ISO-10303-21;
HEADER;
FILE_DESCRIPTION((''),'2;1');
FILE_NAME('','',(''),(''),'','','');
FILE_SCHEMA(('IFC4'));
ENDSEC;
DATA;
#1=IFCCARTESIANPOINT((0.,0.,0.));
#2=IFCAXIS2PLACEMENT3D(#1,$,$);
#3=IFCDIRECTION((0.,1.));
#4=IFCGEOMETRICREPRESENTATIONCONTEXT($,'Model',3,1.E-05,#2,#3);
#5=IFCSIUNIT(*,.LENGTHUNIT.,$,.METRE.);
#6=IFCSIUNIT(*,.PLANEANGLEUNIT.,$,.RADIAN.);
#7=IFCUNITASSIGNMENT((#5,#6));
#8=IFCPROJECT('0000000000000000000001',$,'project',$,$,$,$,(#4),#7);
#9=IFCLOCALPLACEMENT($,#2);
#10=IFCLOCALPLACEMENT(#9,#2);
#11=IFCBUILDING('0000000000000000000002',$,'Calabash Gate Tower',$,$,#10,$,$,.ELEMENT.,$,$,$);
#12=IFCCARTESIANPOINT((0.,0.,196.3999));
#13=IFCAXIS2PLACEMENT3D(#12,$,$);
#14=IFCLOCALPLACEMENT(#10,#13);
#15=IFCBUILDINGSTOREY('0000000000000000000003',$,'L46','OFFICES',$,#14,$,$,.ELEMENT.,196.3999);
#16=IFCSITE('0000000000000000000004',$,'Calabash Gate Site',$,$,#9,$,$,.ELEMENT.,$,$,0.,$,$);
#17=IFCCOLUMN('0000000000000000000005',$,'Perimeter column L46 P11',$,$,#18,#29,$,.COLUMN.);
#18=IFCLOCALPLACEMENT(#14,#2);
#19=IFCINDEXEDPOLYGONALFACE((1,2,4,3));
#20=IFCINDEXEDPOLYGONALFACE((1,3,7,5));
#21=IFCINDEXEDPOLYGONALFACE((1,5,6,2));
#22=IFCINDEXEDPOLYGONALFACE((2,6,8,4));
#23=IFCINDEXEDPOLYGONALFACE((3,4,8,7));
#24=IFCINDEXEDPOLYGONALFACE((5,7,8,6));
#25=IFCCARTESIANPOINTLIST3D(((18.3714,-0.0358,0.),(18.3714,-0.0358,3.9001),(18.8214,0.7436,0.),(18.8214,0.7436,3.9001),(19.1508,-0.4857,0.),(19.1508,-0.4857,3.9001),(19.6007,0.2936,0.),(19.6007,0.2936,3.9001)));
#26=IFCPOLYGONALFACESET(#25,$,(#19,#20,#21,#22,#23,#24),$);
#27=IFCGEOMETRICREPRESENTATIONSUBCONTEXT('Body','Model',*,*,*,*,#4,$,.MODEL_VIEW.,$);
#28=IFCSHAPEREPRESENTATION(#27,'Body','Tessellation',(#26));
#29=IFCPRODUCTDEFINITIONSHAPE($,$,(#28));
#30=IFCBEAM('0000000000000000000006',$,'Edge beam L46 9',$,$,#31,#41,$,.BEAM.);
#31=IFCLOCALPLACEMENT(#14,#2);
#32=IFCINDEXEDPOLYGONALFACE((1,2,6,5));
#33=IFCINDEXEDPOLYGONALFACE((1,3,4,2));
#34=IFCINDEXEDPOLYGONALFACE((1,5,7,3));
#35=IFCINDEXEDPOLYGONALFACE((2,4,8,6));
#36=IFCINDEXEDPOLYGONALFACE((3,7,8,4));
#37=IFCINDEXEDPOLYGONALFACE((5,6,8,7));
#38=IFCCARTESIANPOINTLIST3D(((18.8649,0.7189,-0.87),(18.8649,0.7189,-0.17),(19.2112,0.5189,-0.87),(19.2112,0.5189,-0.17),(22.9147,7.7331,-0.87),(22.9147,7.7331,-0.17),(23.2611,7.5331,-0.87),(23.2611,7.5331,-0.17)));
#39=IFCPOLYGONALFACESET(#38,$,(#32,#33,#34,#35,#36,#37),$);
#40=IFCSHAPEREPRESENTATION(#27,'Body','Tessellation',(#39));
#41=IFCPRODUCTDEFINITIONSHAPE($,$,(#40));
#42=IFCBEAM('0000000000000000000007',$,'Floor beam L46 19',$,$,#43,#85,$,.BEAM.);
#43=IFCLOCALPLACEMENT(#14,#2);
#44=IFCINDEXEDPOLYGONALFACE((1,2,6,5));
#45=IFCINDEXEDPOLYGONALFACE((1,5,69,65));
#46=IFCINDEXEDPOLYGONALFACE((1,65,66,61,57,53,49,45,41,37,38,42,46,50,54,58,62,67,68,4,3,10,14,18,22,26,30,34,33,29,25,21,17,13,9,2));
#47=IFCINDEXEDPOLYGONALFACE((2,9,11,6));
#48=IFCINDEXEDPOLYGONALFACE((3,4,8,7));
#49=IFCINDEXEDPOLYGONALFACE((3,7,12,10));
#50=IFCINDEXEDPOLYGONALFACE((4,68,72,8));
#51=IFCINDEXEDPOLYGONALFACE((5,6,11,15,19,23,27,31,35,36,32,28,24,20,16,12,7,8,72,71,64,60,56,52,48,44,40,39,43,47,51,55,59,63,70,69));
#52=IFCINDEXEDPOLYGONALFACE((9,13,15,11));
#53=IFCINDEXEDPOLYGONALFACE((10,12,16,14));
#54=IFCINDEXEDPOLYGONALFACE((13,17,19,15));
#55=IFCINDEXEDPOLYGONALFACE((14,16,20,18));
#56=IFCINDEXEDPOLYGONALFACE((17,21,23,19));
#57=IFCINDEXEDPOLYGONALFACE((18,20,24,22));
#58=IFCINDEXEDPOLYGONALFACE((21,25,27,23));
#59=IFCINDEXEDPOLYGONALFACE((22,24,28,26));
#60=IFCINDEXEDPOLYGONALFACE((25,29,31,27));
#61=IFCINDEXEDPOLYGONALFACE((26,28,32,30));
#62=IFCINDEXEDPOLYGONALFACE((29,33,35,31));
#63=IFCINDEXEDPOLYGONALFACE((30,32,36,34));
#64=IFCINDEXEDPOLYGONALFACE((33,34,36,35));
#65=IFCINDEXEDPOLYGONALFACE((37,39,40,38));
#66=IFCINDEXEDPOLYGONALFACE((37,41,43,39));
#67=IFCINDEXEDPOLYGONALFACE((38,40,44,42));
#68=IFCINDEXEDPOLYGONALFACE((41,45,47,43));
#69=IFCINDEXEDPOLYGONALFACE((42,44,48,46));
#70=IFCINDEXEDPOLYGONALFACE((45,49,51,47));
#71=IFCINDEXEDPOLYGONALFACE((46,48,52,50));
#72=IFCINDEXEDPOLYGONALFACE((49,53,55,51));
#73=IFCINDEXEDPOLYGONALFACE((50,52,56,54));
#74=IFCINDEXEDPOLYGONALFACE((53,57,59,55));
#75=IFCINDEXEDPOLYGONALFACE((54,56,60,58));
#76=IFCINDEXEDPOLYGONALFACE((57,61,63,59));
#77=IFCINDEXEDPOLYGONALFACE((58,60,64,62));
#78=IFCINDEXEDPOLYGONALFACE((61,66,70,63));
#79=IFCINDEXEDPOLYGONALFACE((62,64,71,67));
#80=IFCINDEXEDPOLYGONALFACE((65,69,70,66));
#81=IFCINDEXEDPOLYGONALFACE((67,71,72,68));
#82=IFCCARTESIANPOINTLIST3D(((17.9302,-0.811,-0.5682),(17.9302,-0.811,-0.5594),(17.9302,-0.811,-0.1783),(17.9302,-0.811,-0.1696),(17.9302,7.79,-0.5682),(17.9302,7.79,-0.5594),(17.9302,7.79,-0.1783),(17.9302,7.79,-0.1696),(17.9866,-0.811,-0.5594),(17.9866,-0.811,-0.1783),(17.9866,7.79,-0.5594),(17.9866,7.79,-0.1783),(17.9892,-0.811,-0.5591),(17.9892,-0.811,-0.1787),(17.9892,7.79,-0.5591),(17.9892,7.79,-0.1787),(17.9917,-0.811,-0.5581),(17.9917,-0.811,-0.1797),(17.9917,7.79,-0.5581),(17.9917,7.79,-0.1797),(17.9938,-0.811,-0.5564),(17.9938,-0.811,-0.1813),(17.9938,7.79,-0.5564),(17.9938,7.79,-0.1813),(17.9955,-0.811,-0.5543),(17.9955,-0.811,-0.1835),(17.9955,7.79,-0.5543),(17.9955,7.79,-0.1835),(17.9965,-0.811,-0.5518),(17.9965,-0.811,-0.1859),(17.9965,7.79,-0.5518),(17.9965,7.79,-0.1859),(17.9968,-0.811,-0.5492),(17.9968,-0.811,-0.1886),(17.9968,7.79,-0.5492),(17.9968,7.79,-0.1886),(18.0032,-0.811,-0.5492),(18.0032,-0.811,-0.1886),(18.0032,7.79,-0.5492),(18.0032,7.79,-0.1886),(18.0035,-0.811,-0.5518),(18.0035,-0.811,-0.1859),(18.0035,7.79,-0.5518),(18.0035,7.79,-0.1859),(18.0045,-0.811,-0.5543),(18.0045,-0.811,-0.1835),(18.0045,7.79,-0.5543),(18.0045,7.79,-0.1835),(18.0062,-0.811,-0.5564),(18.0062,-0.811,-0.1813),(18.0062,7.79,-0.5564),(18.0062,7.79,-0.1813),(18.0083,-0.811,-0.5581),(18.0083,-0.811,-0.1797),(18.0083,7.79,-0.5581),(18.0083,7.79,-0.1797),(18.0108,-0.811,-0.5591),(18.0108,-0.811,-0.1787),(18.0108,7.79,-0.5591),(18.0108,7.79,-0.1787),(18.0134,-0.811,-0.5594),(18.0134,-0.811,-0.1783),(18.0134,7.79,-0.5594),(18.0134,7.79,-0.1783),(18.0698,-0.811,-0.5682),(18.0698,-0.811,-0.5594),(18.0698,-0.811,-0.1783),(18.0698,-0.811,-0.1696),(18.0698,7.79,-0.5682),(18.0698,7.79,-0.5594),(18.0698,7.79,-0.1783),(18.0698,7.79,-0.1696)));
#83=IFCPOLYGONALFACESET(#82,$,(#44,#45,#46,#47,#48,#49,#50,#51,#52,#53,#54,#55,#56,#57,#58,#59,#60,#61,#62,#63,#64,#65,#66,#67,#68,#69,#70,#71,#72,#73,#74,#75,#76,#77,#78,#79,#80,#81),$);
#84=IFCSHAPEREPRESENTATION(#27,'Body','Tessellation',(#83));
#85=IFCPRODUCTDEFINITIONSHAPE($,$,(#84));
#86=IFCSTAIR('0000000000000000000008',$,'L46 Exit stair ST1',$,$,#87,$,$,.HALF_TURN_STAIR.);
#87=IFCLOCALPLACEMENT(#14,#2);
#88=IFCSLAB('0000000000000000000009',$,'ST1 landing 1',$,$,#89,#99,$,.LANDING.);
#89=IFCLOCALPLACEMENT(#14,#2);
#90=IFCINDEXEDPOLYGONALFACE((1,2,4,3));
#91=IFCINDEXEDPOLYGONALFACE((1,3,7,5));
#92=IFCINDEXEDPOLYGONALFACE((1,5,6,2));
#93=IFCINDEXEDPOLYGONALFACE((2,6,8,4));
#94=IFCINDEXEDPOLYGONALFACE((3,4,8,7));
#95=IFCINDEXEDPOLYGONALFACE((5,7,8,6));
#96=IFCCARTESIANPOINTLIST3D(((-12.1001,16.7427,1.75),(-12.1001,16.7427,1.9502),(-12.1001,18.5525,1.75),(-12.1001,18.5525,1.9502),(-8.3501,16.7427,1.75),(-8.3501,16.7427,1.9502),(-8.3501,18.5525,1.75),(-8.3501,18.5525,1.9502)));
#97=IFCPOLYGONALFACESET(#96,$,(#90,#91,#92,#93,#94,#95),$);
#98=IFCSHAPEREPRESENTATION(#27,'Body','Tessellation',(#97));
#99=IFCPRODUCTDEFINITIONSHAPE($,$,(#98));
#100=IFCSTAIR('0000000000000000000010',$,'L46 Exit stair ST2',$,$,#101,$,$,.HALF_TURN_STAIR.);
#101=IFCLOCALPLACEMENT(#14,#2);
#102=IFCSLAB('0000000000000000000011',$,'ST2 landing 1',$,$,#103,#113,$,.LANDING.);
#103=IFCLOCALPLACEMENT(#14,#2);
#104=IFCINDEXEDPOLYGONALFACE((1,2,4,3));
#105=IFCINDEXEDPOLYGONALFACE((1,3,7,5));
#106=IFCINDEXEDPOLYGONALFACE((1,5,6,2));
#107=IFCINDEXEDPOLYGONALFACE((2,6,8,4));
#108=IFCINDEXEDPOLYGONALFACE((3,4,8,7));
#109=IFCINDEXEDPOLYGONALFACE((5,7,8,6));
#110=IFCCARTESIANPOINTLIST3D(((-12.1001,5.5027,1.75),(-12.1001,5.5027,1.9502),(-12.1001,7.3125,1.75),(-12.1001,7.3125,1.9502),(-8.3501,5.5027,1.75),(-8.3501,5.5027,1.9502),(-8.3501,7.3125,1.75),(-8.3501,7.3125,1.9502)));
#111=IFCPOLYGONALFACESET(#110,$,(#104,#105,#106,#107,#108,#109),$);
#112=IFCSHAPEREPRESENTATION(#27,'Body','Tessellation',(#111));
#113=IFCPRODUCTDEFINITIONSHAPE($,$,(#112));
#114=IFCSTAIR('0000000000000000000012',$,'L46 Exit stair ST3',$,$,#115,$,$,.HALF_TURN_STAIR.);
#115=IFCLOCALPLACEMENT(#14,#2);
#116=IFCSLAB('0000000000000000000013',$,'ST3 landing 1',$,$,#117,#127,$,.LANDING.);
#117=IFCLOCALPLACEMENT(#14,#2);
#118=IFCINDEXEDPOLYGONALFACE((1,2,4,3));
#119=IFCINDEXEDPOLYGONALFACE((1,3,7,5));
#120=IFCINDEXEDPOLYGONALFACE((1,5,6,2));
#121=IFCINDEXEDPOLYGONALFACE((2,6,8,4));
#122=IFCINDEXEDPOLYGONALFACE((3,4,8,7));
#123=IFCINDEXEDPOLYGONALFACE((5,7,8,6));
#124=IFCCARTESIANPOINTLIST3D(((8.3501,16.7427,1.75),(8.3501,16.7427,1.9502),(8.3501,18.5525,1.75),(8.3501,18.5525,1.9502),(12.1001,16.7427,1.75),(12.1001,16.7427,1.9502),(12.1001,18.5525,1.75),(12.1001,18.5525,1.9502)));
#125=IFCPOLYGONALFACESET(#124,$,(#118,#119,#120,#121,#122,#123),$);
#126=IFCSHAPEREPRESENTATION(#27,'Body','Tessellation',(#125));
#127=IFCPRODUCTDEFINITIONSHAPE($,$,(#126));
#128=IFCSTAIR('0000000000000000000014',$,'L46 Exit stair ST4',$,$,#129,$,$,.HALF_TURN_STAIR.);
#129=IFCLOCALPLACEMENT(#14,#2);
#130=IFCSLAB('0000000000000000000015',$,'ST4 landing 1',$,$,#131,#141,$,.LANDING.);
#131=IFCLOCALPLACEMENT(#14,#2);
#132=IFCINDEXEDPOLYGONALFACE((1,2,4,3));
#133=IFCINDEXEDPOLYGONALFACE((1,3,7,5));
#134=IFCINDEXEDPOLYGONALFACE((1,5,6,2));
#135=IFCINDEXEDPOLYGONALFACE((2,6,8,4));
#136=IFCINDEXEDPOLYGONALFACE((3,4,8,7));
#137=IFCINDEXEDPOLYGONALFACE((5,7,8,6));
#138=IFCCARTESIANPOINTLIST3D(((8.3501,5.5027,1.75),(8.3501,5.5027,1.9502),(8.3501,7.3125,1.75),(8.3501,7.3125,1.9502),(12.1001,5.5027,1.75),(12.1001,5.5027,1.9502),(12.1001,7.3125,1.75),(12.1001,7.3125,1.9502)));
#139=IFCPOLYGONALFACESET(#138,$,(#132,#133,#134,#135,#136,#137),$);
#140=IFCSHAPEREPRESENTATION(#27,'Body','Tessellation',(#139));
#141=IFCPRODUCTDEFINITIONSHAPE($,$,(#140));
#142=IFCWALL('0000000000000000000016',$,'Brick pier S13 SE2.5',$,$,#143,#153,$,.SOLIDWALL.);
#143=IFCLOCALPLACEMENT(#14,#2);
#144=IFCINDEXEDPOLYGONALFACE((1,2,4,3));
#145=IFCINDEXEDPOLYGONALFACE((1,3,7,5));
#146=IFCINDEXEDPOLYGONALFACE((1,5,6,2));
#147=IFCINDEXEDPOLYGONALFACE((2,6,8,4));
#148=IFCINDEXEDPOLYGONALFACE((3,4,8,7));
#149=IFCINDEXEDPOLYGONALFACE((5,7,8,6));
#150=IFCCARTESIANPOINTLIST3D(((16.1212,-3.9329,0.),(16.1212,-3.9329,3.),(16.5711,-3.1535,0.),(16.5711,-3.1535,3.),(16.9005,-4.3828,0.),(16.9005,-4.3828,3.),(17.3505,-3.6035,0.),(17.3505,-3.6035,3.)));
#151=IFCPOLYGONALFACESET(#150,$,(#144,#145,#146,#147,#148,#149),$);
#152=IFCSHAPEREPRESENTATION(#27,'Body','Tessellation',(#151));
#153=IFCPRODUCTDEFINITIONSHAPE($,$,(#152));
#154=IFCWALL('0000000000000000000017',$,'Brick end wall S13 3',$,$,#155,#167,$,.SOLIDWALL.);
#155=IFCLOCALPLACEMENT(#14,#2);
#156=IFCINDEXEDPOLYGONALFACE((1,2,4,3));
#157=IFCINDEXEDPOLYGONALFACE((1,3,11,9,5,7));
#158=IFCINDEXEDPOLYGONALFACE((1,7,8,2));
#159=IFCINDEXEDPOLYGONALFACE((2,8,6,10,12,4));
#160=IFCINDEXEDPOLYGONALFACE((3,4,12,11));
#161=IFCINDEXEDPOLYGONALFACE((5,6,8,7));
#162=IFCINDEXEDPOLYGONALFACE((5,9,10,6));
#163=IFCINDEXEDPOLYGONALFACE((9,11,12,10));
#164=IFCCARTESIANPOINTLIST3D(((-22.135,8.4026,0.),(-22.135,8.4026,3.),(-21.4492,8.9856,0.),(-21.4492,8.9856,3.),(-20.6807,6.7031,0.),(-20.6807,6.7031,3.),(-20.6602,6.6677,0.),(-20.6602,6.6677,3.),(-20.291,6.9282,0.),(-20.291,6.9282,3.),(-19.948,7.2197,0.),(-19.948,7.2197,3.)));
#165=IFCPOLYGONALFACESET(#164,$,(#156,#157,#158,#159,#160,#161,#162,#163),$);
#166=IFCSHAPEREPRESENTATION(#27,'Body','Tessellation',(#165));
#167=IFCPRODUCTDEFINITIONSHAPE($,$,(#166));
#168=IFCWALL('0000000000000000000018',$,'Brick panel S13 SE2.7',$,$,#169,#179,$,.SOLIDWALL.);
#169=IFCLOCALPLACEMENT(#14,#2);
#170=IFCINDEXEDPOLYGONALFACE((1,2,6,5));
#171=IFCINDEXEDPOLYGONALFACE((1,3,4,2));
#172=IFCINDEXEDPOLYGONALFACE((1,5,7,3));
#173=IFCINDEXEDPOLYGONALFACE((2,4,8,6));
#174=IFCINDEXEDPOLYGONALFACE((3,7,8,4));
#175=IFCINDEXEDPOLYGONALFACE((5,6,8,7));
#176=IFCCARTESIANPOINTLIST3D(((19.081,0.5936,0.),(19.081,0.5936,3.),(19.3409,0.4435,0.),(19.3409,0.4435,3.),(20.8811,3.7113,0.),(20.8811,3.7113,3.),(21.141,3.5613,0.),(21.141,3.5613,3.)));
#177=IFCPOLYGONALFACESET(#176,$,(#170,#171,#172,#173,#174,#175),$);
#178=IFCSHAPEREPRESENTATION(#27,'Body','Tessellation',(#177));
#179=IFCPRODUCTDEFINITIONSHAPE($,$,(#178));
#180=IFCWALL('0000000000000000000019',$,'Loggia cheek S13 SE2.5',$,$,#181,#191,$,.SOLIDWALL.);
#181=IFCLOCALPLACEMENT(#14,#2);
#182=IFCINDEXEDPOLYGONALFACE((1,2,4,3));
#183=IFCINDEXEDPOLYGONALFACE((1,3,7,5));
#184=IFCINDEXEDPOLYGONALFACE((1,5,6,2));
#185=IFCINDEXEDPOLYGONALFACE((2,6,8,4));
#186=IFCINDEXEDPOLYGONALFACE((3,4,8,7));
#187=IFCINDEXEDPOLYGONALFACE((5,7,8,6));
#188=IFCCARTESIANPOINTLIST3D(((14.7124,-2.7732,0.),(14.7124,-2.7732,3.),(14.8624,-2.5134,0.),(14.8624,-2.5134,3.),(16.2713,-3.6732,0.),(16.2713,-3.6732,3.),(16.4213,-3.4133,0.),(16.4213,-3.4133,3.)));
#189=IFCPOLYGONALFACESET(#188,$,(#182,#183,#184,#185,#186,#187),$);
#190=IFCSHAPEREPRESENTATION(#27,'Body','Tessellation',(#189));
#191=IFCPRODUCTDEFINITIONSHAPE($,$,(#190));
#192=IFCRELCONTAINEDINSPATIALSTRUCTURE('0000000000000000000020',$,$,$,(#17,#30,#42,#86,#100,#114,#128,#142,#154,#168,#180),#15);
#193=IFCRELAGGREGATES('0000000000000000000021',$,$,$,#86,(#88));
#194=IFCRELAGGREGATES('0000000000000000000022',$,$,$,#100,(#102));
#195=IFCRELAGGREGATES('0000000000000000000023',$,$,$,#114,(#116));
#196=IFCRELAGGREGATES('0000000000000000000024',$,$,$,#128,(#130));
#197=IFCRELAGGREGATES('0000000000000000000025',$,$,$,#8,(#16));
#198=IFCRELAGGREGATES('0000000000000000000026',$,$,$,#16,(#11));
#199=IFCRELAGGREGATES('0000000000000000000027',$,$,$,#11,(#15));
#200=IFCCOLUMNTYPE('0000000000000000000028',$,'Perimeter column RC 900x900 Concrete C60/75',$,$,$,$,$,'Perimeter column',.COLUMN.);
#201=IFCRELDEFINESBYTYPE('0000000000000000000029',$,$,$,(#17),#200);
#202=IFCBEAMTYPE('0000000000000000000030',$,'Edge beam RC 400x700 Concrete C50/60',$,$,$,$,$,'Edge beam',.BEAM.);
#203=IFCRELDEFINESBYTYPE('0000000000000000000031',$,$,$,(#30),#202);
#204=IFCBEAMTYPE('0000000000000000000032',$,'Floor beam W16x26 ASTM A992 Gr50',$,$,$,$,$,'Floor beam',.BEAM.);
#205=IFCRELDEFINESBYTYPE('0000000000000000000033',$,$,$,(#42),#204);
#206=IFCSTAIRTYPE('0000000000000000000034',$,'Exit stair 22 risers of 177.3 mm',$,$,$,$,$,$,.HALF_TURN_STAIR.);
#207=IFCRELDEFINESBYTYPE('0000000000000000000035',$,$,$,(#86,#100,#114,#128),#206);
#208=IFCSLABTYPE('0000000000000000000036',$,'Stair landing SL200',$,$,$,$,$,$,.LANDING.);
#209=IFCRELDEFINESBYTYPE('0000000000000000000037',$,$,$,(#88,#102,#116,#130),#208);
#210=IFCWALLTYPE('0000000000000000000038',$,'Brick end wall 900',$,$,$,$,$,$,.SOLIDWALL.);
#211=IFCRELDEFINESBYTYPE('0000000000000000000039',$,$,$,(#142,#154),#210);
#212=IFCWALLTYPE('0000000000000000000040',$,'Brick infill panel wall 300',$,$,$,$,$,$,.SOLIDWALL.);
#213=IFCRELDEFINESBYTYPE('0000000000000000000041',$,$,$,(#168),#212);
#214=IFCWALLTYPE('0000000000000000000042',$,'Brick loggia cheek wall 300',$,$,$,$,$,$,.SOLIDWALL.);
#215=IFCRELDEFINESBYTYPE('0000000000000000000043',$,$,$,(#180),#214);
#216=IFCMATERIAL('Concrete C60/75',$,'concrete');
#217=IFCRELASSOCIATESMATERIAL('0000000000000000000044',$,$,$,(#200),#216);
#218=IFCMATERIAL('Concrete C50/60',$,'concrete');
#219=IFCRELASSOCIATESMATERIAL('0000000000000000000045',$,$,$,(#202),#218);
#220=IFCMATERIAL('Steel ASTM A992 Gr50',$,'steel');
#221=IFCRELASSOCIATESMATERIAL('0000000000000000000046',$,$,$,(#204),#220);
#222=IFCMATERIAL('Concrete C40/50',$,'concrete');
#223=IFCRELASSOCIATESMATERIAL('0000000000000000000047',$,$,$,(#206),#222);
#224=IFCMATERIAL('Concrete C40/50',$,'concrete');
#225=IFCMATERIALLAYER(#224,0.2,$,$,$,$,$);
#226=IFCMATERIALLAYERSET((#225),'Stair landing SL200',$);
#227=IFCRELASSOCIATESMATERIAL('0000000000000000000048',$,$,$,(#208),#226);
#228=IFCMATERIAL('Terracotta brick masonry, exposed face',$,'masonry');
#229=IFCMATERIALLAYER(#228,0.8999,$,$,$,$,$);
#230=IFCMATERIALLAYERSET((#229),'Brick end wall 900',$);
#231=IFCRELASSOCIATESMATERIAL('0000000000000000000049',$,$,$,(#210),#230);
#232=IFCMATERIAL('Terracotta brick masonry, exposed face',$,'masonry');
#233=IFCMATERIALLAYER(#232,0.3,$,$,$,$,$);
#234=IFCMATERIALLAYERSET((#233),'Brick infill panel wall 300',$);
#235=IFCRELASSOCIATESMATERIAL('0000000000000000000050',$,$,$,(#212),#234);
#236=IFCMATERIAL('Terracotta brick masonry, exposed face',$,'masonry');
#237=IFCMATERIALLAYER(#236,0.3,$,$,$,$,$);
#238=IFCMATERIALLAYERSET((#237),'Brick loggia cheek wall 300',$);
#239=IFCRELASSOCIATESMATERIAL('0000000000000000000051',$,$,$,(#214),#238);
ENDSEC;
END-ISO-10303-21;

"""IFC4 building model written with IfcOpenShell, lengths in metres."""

from ifc_helpers import new_model, si_unit, direction, frame, frame_2d, origin, origin_2d, place, context, subcontext, project, spatial, polyline, rectangle, i_section, outline, extrude, material, layer, layer_set, material_profile, profile_set, type_object, element, aggregate, save


model = new_model("IFC4")

# Units and contexts
model_context = context("Model", 3, precision=1e-05, world=origin(), true_north=direction((0.0, 1.0)))
body_context = subcontext(model_context, "Body", "Model", "MODEL_VIEW")
ifc_project = project(units=[si_unit("LENGTHUNIT", "METRE"), si_unit("PLANEANGLEUNIT", "RADIAN")], contexts=[model_context])

# Site, building, storey
site_placement = place(None, origin())
site = spatial("IfcSite", under=ifc_project, at=site_placement, Name="Calabash Gate Site", CompositionType="ELEMENT", RefElevation=0.0)
building_placement = place(site_placement, origin())
building = spatial("IfcBuilding", under=site, at=building_placement, Name="Calabash Gate Tower", CompositionType="ELEMENT")
storey_placement = place(building_placement, frame((0.0, 0.0, 196.3999)))
storey = spatial("IfcBuildingStorey", under=building, at=storey_placement, Name="L46", Description="OFFICES", CompositionType="ELEMENT", Elevation=196.3999)

# Column
ifc_material_1 = material(Name="Concrete C60/75", Category="concrete")
ifc_material_profile_1 = material_profile(ifc_material_1, rectangle(XDim=0.8999, YDim=0.8999, at=origin_2d()))
ifc_profile_set_1 = profile_set([ifc_material_profile_1], Name="Concrete C60/75")
column_type = type_object("IfcColumnType", Name="Perimeter column RC 900x900 Concrete C60/75", ElementType="Perimeter column", PredefinedType="COLUMN", material=ifc_profile_set_1)
column_placement = place(storey_placement, frame((18.9861, 0.1289, 0.0), z_axis=(0.0, 0.0, 1.0), x_axis=(0.5, 0.866025, 0.0)))
element("IfcColumn", 1, at=column_placement, inside=storey, type_object=column_type, Name="Perimeter column L46 P11", PredefinedType="COLUMN", context=body_context, shape_type="SweptSolid", body=[
    extrude(rectangle(XDim=0.8999, YDim=0.8999, at=origin_2d()), origin(), (0.0, 0.0, 1.0), 3.9001),
])

# Beams
ifc_material_2 = material(Name="Concrete C50/60", Category="concrete")
ifc_material_profile_2 = material_profile(ifc_material_2, rectangle(XDim=0.3999, YDim=0.7, at=origin_2d()))
ifc_profile_set_2 = profile_set([ifc_material_profile_2], Name="Concrete C50/60")
beam_type_1 = type_object("IfcBeamType", Name="Edge beam RC 400x700 Concrete C50/60", ElementType="Edge beam", PredefinedType="BEAM", material=ifc_profile_set_2)
beam_1_placement = place(storey_placement, frame((19.0381, 0.6189, -0.52), z_axis=(0.500016, 0.866016, 0.0), x_axis=(-0.866016, 0.500016, 0.0)))
element("IfcBeam", 2, at=beam_1_placement, inside=storey, type_object=beam_type_1, Name="Edge beam L46 9", PredefinedType="BEAM", context=body_context, shape_type="SweptSolid", body=[
    extrude(rectangle(XDim=0.3999, YDim=0.7, at=origin_2d()), origin(), (0.0, 0.0, 1.0), 8.0994),
])
ifc_material_3 = material(Name="Steel ASTM A992 Gr50", Category="steel")
ifc_material_profile_3 = material_profile(ifc_material_3, i_section(OverallWidth=0.1396, OverallDepth=0.3987, WebThickness=0.0063, FlangeThickness=0.0088, FilletRadius=0.0103, at=origin_2d()))
ifc_profile_set_3 = profile_set([ifc_material_profile_3], Name="Steel ASTM A992 Gr50")
beam_type_2 = type_object("IfcBeamType", Name="Floor beam W16x26 ASTM A992 Gr50", ElementType="Floor beam", PredefinedType="BEAM", material=ifc_profile_set_3)
beam_2_placement = place(storey_placement, frame((18.0, -0.811, -0.3689), z_axis=(0.0, 1.0, 0.0), x_axis=(-1.0, 0.0, 0.0)))
element("IfcBeam", 3, at=beam_2_placement, inside=storey, type_object=beam_type_2, Name="Floor beam L46 19", PredefinedType="BEAM", context=body_context, shape_type="SweptSolid", body=[
    extrude(i_section(OverallWidth=0.1396, OverallDepth=0.3987, WebThickness=0.0063, FlangeThickness=0.0088, FilletRadius=0.0103, at=origin_2d()), origin(), (0.0, 0.0, 1.0), 8.6011),
])

# Stairs, slabs
ifc_material_4 = material(Name="Concrete C40/50", Category="concrete")
stair_type = type_object("IfcStairType", Name="Exit stair 22 risers of 177.3 mm", PredefinedType="HALF_TURN_STAIR", material=ifc_material_4)
stair_1_placement = place(storey_placement, origin())
stair_1 = element("IfcStair", 4, at=stair_1_placement, inside=storey, type_object=stair_type, Name="L46 Exit stair ST1", PredefinedType="HALF_TURN_STAIR")
ifc_material_5 = material(Name="Concrete C40/50", Category="concrete")
ifc_layer_1 = layer(ifc_material_5, 0.2)
ifc_layer_set_1 = layer_set([ifc_layer_1], Name="Stair landing SL200")
slab_type = type_object("IfcSlabType", Name="Stair landing SL200", PredefinedType="LANDING", material=ifc_layer_set_1)
slab_1_placement = place(storey_placement, frame((0.0, 0.0, 1.75)))
slab_1 = element("IfcSlab", 5, at=slab_1_placement, type_object=slab_type, Name="ST1 landing 1", PredefinedType="LANDING", context=body_context, shape_type="SweptSolid", body=[
    extrude(outline(polyline([(-8.3501, 16.7427), (-8.3501, 18.5525), (-12.1001, 18.5525), (-12.1001, 16.7427), (-8.3501, 16.7427)])), origin(), (0.0, 0.0, 1.0), 0.2002),
])
aggregate(stair_1, [slab_1])
stair_2_placement = place(storey_placement, origin())
stair_2 = element("IfcStair", 6, at=stair_2_placement, inside=storey, type_object=stair_type, Name="L46 Exit stair ST2", PredefinedType="HALF_TURN_STAIR")
slab_2_placement = place(storey_placement, frame((0.0, 0.0, 1.75)))
slab_2 = element("IfcSlab", 7, at=slab_2_placement, type_object=slab_type, Name="ST2 landing 1", PredefinedType="LANDING", context=body_context, shape_type="SweptSolid", body=[
    extrude(outline(polyline([(-12.1001, 7.3125), (-12.1001, 5.5027), (-8.3501, 5.5027), (-8.3501, 7.3125), (-12.1001, 7.3125)])), origin(), (0.0, 0.0, 1.0), 0.2002),
])
aggregate(stair_2, [slab_2])
stair_3_placement = place(storey_placement, origin())
stair_3 = element("IfcStair", 8, at=stair_3_placement, inside=storey, type_object=stair_type, Name="L46 Exit stair ST3", PredefinedType="HALF_TURN_STAIR")
slab_3_placement = place(storey_placement, frame((0.0, 0.0, 1.75)))
slab_3 = element("IfcSlab", 9, at=slab_3_placement, type_object=slab_type, Name="ST3 landing 1", PredefinedType="LANDING", context=body_context, shape_type="SweptSolid", body=[
    extrude(outline(polyline([(12.1001, 16.7427), (12.1001, 18.5525), (8.3501, 18.5525), (8.3501, 16.7427), (12.1001, 16.7427)])), origin(), (0.0, 0.0, 1.0), 0.2002),
])
aggregate(stair_3, [slab_3])
stair_4_placement = place(storey_placement, origin())
stair_4 = element("IfcStair", 10, at=stair_4_placement, inside=storey, type_object=stair_type, Name="L46 Exit stair ST4", PredefinedType="HALF_TURN_STAIR")
slab_4_placement = place(storey_placement, frame((0.0, 0.0, 1.75)))
slab_4 = element("IfcSlab", 11, at=slab_4_placement, type_object=slab_type, Name="ST4 landing 1", PredefinedType="LANDING", context=body_context, shape_type="SweptSolid", body=[
    extrude(outline(polyline([(8.3501, 7.3125), (8.3501, 5.5027), (12.1001, 5.5027), (12.1001, 7.3125), (8.3501, 7.3125)])), origin(), (0.0, 0.0, 1.0), 0.2002),
])
aggregate(stair_4, [slab_4])

# Walls
ifc_material_6 = material(Name="Terracotta brick masonry, exposed face", Category="masonry")
ifc_layer_2 = layer(ifc_material_6, 0.8999)
ifc_layer_set_2 = layer_set([ifc_layer_2], Name="Brick end wall 900")
wall_type_1 = type_object("IfcWallType", Name="Brick end wall 900", PredefinedType="SOLIDWALL", material=ifc_layer_set_2)
wall_1_placement = place(storey_placement, frame((17.1255, -3.9932, 0.0), z_axis=(0.0, 0.0, 1.0), x_axis=(-0.866014, 0.50002, 0.0)))
element("IfcWall", 12, at=wall_1_placement, inside=storey, type_object=wall_type_1, Name="Brick pier S13 SE2.5", PredefinedType="SOLIDWALL", context=body_context, shape_type="SweptSolid", body=[
    extrude(rectangle(XDim=0.8999, YDim=0.8999, at=frame_2d((0.45, 0.0))), origin(), (0.0, 0.0, 1.0), 3.0),
])
wall_2_placement = place(storey_placement, origin())
element("IfcWall", 13, at=wall_2_placement, inside=storey, type_object=wall_type_1, Name="Brick end wall S13 3", PredefinedType="SOLIDWALL", context=body_context, shape_type="SweptSolid", body=[
    extrude(outline(polyline([(-19.948, 7.2197), (-21.4492, 8.9856), (-22.135, 8.4026), (-20.6602, 6.6677), (-20.6807, 6.7031), (-20.291, 6.9282), (-19.948, 7.2197)])), origin(), (0.0, 0.0, 1.0), 3.0),
])
ifc_material_7 = material(Name="Terracotta brick masonry, exposed face", Category="masonry")
ifc_layer_3 = layer(ifc_material_7, 0.3)
ifc_layer_set_3 = layer_set([ifc_layer_3], Name="Brick infill panel wall 300")
wall_type_2 = type_object("IfcWallType", Name="Brick infill panel wall 300", PredefinedType="SOLIDWALL", material=ifc_layer_set_3)
wall_3_placement = place(storey_placement, frame((19.2109, 0.5186, 0.0), z_axis=(0.0, 0.0, 1.0), x_axis=(0.500012, 0.866018, 0.0)))
element("IfcWall", 14, at=wall_3_placement, inside=storey, type_object=wall_type_2, Name="Brick panel S13 SE2.7", PredefinedType="SOLIDWALL", context=body_context, shape_type="SweptSolid", body=[
    extrude(rectangle(XDim=3.6001, YDim=0.3, at=frame_2d((1.8, 0.0))), origin(), (0.0, 0.0, 1.0), 3.0),
])
ifc_material_8 = material(Name="Terracotta brick masonry, exposed face", Category="masonry")
ifc_layer_4 = layer(ifc_material_8, 0.3)
ifc_layer_set_4 = layer_set([ifc_layer_4], Name="Brick loggia cheek wall 300")
wall_type_3 = type_object("IfcWallType", Name="Brick loggia cheek wall 300", PredefinedType="SOLIDWALL", material=ifc_layer_set_4)
for number, where, z_axis, x_axis, name in (
    (15, (16.3462, -3.5432, 0.0), (0.0, 0.0, 1.0), (-0.866048, 0.499961, 0.0), "Loggia cheek S13 SE2.5"),
):
    element("IfcWall", number, at=place(storey_placement, frame(where, z_axis=z_axis, x_axis=x_axis)), inside=storey, type_object=wall_type_3, Name=name, PredefinedType="SOLIDWALL", context=body_context, shape_type="SweptSolid", body=[
        extrude(rectangle(XDim=1.8, YDim=0.3, at=frame_2d((0.8999, 0.0))), origin(), (0.0, 0.0, 1.0), 3.0),
    ])

save(model, "model.ifc")
